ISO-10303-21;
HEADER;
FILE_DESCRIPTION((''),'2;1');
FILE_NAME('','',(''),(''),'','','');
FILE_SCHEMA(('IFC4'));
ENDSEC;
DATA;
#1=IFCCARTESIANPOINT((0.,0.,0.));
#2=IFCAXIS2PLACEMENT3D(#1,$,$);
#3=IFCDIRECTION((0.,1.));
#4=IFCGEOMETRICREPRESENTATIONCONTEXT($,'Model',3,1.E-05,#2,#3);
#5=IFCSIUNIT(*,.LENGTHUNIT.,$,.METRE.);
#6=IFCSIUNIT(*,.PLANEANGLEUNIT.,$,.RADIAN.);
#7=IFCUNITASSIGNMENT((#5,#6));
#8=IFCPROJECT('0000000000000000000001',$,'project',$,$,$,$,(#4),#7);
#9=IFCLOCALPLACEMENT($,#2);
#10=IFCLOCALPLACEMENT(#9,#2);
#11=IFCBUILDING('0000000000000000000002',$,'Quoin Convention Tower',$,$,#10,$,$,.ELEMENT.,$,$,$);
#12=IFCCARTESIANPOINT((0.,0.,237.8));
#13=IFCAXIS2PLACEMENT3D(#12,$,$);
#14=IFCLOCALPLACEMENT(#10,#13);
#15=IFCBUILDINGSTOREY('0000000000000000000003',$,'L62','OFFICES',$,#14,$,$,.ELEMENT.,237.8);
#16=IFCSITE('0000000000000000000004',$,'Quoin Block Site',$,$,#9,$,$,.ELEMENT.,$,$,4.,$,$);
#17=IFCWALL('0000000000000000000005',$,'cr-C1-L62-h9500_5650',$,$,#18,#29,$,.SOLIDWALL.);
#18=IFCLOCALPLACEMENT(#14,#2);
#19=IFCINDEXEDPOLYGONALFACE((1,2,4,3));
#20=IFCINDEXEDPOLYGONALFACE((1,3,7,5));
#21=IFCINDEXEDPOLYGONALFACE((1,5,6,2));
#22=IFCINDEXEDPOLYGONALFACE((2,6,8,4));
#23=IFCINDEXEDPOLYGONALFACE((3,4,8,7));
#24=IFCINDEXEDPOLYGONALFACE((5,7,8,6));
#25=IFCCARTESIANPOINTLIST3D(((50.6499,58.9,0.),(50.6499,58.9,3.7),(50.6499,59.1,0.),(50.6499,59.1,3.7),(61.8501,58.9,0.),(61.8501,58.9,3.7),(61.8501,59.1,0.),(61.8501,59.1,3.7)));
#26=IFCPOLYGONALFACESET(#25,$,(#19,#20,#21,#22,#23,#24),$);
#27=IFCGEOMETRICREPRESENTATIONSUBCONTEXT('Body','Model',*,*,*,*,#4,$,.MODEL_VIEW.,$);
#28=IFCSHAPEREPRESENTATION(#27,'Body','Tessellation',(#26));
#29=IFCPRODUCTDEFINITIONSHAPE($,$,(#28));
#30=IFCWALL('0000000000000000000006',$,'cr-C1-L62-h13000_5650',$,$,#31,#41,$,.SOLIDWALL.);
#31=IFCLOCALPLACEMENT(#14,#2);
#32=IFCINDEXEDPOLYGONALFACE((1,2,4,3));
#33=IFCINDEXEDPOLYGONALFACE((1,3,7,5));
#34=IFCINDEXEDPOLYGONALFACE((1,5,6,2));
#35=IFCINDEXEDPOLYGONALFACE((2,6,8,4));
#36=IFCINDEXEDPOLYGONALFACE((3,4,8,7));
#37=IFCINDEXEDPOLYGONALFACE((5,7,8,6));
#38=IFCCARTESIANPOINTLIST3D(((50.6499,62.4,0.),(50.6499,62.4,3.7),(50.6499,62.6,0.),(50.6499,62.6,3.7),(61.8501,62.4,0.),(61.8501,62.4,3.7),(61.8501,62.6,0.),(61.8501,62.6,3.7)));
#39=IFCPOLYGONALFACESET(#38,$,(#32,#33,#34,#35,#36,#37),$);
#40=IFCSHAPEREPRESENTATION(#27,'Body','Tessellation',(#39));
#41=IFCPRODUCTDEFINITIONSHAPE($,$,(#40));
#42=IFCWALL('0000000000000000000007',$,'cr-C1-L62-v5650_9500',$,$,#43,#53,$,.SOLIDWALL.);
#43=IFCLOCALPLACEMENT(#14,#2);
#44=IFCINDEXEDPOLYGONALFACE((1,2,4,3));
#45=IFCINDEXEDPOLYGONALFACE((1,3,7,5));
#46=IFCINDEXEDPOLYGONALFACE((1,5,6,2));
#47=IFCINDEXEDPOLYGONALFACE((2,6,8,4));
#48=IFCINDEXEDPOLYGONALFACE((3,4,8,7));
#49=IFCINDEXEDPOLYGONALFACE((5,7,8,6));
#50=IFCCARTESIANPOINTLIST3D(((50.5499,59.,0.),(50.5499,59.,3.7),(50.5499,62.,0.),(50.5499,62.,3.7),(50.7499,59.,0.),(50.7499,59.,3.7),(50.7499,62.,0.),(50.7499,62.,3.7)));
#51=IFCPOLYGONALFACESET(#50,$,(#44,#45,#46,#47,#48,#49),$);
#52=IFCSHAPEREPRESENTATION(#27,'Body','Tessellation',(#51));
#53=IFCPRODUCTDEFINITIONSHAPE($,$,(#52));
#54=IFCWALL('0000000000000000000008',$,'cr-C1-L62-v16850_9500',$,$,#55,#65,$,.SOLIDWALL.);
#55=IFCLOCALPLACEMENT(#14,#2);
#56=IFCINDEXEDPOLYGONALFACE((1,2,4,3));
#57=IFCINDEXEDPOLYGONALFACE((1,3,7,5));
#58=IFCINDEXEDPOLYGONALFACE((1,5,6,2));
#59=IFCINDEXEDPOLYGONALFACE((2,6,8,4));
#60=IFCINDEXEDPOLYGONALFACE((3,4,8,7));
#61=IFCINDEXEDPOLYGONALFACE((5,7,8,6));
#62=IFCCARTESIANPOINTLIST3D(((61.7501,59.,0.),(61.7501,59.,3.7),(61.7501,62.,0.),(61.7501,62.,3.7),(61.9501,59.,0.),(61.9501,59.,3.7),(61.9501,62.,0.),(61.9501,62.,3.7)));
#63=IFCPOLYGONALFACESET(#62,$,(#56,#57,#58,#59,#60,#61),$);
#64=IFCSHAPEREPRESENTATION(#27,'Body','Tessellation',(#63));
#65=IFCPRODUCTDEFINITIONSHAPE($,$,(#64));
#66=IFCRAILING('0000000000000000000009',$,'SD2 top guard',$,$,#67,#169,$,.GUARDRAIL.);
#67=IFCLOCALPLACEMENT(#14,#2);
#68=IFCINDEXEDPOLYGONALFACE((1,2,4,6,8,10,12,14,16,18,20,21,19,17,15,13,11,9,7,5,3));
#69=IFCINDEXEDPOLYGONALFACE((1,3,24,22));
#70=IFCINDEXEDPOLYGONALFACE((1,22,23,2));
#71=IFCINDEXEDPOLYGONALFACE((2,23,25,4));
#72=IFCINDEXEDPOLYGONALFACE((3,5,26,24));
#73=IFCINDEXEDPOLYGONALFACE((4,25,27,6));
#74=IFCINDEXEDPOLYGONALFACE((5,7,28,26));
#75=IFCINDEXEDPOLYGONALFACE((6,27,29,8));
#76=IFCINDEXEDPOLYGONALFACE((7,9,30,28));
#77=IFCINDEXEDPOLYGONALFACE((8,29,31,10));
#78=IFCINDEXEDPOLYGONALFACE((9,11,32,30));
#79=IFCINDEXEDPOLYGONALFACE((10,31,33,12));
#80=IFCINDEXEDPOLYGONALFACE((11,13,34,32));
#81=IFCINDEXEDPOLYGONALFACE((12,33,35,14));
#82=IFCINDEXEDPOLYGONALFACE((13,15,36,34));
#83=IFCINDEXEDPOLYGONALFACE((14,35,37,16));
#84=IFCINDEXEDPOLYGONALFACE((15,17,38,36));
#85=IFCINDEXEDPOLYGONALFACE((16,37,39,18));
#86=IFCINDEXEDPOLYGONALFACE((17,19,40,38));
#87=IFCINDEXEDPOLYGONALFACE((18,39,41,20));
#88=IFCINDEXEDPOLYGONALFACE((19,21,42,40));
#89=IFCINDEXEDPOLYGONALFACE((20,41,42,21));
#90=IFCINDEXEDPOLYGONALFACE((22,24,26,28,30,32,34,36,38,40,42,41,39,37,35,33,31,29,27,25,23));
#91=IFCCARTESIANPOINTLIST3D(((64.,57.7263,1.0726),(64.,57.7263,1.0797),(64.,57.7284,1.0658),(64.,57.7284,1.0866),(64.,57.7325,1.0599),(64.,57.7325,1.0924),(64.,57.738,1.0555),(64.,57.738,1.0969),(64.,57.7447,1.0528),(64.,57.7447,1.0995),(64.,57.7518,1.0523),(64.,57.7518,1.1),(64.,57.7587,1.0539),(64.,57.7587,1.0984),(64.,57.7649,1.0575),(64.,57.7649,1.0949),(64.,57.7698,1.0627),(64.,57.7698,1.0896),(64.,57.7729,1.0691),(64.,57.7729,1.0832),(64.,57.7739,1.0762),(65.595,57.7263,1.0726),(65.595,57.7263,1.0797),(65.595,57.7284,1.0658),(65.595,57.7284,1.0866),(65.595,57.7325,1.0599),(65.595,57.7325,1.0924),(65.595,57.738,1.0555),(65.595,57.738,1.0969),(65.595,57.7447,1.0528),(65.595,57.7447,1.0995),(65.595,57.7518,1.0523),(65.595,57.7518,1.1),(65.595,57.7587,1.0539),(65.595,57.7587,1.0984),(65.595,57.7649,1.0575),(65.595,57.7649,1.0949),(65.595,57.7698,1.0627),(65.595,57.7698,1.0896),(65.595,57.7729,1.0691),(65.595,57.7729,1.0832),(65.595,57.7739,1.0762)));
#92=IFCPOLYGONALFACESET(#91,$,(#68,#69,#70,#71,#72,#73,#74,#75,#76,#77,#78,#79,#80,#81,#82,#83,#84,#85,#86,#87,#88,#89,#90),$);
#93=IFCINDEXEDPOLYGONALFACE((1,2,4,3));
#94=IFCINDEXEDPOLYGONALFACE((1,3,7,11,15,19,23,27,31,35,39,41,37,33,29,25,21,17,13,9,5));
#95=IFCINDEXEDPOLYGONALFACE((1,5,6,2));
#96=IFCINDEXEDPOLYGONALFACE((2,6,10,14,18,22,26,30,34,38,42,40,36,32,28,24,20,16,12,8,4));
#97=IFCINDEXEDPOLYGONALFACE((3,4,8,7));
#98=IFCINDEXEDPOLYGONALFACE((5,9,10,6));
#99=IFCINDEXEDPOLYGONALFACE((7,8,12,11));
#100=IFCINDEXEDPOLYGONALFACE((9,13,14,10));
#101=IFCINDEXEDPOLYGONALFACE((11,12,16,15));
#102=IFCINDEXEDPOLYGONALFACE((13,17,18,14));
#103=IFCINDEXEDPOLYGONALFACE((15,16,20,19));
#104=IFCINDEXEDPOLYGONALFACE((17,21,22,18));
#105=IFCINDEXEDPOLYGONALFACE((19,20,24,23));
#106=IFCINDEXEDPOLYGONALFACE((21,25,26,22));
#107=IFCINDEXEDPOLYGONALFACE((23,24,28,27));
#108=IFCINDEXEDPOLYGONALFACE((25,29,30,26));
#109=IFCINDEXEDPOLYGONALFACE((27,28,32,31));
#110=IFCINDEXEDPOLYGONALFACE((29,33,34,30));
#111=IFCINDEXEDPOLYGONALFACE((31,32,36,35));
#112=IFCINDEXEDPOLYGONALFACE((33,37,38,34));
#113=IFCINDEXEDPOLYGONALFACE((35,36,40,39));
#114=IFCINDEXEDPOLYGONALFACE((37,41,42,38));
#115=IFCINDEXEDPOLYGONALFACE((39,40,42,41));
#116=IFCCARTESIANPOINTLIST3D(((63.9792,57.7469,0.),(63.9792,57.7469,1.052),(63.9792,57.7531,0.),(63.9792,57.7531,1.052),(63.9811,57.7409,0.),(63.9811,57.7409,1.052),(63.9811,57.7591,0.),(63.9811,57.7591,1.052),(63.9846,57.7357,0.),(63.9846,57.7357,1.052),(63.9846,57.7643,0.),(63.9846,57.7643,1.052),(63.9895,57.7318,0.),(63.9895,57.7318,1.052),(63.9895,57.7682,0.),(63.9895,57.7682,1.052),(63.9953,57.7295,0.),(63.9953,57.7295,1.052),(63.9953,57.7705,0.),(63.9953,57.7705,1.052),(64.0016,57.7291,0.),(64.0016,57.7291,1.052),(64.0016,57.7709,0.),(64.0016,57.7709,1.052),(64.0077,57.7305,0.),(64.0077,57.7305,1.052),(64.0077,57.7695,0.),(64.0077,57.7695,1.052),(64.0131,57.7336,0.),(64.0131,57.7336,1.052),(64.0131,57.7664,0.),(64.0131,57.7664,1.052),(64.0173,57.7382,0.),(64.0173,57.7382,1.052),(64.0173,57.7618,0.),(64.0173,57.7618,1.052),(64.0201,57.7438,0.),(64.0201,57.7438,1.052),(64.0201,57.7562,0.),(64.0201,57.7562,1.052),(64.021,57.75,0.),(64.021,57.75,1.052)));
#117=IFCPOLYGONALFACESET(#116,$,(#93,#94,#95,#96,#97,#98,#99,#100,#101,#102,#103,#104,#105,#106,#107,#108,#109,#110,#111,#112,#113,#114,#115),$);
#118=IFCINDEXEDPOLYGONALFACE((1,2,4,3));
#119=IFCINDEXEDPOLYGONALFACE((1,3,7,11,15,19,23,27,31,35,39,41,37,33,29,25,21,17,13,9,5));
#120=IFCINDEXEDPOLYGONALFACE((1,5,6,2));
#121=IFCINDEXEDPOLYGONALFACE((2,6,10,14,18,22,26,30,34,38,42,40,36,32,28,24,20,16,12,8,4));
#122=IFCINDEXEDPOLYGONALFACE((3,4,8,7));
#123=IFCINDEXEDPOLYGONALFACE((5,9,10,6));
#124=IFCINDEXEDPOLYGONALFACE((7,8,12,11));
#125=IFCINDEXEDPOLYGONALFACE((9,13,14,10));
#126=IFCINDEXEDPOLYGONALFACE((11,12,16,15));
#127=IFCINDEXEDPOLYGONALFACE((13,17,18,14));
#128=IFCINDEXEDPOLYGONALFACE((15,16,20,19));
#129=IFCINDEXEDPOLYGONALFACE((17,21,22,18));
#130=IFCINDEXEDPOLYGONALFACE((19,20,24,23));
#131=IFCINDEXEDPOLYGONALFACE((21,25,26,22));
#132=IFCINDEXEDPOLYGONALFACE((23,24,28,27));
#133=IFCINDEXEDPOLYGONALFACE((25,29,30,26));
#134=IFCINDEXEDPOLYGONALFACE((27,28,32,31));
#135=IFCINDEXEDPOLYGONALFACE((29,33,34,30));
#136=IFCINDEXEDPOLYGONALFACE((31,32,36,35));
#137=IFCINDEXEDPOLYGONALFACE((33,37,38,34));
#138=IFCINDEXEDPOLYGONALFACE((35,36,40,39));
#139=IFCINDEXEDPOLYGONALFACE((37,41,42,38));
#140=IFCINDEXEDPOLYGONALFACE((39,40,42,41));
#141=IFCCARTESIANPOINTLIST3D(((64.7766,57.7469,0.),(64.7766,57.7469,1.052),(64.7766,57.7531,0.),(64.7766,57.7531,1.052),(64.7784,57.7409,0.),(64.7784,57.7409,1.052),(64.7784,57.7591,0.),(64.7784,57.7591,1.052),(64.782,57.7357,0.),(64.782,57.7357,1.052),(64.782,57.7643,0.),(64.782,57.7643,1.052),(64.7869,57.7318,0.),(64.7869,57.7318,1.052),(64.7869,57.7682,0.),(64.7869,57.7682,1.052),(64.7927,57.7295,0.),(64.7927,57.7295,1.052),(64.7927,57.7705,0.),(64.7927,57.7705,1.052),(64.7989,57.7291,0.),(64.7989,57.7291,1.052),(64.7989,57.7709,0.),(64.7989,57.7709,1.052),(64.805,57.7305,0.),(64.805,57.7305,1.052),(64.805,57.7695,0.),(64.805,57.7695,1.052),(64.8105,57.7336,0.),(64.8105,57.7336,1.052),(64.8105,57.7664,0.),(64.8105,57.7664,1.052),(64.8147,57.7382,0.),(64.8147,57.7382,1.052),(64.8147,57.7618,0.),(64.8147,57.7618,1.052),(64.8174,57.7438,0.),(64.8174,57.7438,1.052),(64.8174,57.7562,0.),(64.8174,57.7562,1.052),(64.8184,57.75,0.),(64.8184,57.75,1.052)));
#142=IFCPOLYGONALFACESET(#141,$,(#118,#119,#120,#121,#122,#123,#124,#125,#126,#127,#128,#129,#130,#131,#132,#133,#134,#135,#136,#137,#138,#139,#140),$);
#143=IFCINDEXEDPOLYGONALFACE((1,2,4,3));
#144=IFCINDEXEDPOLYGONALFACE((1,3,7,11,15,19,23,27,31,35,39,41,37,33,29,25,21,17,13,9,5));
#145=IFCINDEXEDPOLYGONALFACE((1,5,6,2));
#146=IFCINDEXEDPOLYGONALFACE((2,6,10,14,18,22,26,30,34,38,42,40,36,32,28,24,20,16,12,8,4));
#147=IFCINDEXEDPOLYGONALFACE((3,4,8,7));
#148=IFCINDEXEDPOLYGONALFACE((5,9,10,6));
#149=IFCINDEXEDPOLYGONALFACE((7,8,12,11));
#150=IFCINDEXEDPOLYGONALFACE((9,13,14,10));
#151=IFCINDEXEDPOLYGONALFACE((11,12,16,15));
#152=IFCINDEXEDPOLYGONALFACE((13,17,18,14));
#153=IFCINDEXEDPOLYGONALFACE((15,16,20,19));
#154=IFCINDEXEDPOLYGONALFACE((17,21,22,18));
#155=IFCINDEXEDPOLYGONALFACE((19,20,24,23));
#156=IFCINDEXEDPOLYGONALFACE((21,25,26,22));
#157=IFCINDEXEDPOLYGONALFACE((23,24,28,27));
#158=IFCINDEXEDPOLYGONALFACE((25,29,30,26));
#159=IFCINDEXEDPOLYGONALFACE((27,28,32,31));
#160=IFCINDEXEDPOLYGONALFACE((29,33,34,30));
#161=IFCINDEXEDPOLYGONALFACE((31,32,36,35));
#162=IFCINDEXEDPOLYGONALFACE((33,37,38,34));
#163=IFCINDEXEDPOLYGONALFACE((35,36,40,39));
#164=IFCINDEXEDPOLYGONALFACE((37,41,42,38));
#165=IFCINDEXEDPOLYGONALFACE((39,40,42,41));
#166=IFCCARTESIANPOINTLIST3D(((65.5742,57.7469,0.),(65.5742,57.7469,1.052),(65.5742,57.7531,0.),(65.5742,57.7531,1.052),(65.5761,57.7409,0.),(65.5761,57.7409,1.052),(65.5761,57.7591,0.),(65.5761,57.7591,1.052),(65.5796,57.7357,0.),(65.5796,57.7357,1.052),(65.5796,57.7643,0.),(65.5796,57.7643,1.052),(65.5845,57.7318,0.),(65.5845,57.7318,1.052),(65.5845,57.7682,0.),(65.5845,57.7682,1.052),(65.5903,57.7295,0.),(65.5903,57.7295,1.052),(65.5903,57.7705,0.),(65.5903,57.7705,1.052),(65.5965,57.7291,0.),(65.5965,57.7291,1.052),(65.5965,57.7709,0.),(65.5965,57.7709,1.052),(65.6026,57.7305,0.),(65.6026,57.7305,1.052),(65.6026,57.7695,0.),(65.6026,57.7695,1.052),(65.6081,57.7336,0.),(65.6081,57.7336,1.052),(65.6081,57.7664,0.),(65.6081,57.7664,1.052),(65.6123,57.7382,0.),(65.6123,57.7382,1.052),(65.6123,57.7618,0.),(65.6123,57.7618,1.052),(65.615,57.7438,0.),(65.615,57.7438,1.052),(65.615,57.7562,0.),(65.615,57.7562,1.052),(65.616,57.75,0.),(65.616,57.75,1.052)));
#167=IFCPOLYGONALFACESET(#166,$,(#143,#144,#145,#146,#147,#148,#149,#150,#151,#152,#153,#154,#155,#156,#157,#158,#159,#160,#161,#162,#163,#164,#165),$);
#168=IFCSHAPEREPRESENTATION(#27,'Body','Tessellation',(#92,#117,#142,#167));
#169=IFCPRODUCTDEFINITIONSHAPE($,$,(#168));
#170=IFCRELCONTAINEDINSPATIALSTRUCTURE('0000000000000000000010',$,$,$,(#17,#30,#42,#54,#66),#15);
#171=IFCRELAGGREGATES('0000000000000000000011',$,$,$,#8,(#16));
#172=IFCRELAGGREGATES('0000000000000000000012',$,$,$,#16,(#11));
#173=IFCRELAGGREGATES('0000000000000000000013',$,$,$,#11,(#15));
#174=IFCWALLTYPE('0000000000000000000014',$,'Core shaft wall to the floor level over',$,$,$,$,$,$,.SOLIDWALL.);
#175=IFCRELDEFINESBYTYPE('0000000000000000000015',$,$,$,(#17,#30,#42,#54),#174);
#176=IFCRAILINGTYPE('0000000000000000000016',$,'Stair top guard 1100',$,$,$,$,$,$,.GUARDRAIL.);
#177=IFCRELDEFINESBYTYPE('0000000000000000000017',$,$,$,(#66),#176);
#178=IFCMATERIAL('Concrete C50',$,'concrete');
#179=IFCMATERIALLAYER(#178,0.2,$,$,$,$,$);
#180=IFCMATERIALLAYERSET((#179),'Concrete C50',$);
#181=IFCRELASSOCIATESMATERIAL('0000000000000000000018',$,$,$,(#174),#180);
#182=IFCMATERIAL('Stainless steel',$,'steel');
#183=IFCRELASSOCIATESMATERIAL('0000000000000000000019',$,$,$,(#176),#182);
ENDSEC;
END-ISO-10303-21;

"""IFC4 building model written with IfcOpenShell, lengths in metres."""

from ifc_helpers import new_model, si_unit, direction, frame, frame_2d, origin, origin_2d, place, context, subcontext, project, spatial, rectangle, circle, extrude, material, layer, layer_set, type_object, element, save


model = new_model("IFC4")

# Units and contexts
model_context = context("Model", 3, precision=1e-05, world=origin(), true_north=direction((0.0, 1.0)))
body_context = subcontext(model_context, "Body", "Model", "MODEL_VIEW")
ifc_project = project(units=[si_unit("LENGTHUNIT", "METRE"), si_unit("PLANEANGLEUNIT", "RADIAN")], contexts=[model_context])

# Site, building, storey
site_placement = place(None, origin())
site = spatial("IfcSite", under=ifc_project, at=site_placement, Name="Quoin Block Site", CompositionType="ELEMENT", RefElevation=4.0)
building_placement = place(site_placement, origin())
building = spatial("IfcBuilding", under=site, at=building_placement, Name="Quoin Convention Tower", CompositionType="ELEMENT")
storey_placement = place(building_placement, frame((0.0, 0.0, 237.8)))
storey = spatial("IfcBuildingStorey", under=building, at=storey_placement, Name="L62", Description="OFFICES", CompositionType="ELEMENT", Elevation=237.8)

# Shared definitions
ifc_material_1 = material(Name="Concrete C50", Category="concrete")

# Walls
ifc_layer_1 = layer(ifc_material_1, 0.2)
ifc_layer_set_1 = layer_set([ifc_layer_1], Name="Concrete C50")
wall_type_1 = type_object("IfcWallType", Name="Core shaft wall to the floor level over", PredefinedType="SOLIDWALL", material=ifc_layer_set_1)
for number, where, z_axis, x_axis, name in (
    (1, (50.6499, 59.0, 0.0), (0.0, 0.0, 1.0), (1.0, 0.0, 0.0), "cr-C1-L62-h9500_5650"),
    (2, (50.6499, 62.5, 0.0), (0.0, 0.0, 1.0), (1.0, 0.0, 0.0), "cr-C1-L62-h13000_5650"),
):
    element("IfcWall", number, at=place(storey_placement, frame(where, z_axis=z_axis, x_axis=x_axis)), inside=storey, type_object=wall_type_1, Name=name, PredefinedType="SOLIDWALL", context=body_context, shape_type="SweptSolid", body=[
        extrude(rectangle(XDim=11.2002, YDim=0.2, at=frame_2d((5.6001, 0.0))), origin(), (0.0, 0.0, 1.0), 3.7),
    ])
for number, where, z_axis, x_axis, name in (
    (3, (50.6499, 59.0, 0.0), (0.0, 0.0, 1.0), (0.0, 1.0, 0.0), "cr-C1-L62-v5650_9500"),
    (4, (61.8501, 59.0, 0.0), (0.0, 0.0, 1.0), (0.0, 1.0, 0.0), "cr-C1-L62-v16850_9500"),
):
    element("IfcWall", number, at=place(storey_placement, frame(where, z_axis=z_axis, x_axis=x_axis)), inside=storey, type_object=wall_type_1, Name=name, PredefinedType="SOLIDWALL", context=body_context, shape_type="SweptSolid", body=[
        extrude(rectangle(XDim=3.0, YDim=0.2, at=frame_2d((1.5, 0.0))), origin(), (0.0, 0.0, 1.0), 3.7),
    ])

# Railing
ifc_material_2 = material(Name="Stainless steel", Category="steel")
railing_type = type_object("IfcRailingType", Name="Stair top guard 1100", PredefinedType="GUARDRAIL", material=ifc_material_2)
railing_placement = place(storey_placement, frame((64.0, 57.75, 0.0)))
element("IfcRailing", 5, at=railing_placement, inside=storey, type_object=railing_type, Name="SD2 top guard", PredefinedType="GUARDRAIL", context=body_context, shape_type="SweptSolid", body=[
    extrude(circle(Radius=0.0239, at=origin_2d()), frame((0.0, 0.0, 1.0762), z_axis=(1.0, 0.0, 0.0), x_axis=(0.0, 1.0, 0.0)), (0.0, 0.0, 1.0), 1.595),
    extrude(circle(Radius=0.021, at=origin_2d()), origin(), (0.0, 0.0, 1.0), 1.052),
    extrude(circle(Radius=0.021, at=origin_2d()), frame((0.7974, 0.0, 0.0)), (0.0, 0.0, 1.0), 1.052),
    extrude(circle(Radius=0.021, at=origin_2d()), frame((1.595, 0.0, 0.0)), (0.0, 0.0, 1.0), 1.052),
])

save(model, "model.ifc")
